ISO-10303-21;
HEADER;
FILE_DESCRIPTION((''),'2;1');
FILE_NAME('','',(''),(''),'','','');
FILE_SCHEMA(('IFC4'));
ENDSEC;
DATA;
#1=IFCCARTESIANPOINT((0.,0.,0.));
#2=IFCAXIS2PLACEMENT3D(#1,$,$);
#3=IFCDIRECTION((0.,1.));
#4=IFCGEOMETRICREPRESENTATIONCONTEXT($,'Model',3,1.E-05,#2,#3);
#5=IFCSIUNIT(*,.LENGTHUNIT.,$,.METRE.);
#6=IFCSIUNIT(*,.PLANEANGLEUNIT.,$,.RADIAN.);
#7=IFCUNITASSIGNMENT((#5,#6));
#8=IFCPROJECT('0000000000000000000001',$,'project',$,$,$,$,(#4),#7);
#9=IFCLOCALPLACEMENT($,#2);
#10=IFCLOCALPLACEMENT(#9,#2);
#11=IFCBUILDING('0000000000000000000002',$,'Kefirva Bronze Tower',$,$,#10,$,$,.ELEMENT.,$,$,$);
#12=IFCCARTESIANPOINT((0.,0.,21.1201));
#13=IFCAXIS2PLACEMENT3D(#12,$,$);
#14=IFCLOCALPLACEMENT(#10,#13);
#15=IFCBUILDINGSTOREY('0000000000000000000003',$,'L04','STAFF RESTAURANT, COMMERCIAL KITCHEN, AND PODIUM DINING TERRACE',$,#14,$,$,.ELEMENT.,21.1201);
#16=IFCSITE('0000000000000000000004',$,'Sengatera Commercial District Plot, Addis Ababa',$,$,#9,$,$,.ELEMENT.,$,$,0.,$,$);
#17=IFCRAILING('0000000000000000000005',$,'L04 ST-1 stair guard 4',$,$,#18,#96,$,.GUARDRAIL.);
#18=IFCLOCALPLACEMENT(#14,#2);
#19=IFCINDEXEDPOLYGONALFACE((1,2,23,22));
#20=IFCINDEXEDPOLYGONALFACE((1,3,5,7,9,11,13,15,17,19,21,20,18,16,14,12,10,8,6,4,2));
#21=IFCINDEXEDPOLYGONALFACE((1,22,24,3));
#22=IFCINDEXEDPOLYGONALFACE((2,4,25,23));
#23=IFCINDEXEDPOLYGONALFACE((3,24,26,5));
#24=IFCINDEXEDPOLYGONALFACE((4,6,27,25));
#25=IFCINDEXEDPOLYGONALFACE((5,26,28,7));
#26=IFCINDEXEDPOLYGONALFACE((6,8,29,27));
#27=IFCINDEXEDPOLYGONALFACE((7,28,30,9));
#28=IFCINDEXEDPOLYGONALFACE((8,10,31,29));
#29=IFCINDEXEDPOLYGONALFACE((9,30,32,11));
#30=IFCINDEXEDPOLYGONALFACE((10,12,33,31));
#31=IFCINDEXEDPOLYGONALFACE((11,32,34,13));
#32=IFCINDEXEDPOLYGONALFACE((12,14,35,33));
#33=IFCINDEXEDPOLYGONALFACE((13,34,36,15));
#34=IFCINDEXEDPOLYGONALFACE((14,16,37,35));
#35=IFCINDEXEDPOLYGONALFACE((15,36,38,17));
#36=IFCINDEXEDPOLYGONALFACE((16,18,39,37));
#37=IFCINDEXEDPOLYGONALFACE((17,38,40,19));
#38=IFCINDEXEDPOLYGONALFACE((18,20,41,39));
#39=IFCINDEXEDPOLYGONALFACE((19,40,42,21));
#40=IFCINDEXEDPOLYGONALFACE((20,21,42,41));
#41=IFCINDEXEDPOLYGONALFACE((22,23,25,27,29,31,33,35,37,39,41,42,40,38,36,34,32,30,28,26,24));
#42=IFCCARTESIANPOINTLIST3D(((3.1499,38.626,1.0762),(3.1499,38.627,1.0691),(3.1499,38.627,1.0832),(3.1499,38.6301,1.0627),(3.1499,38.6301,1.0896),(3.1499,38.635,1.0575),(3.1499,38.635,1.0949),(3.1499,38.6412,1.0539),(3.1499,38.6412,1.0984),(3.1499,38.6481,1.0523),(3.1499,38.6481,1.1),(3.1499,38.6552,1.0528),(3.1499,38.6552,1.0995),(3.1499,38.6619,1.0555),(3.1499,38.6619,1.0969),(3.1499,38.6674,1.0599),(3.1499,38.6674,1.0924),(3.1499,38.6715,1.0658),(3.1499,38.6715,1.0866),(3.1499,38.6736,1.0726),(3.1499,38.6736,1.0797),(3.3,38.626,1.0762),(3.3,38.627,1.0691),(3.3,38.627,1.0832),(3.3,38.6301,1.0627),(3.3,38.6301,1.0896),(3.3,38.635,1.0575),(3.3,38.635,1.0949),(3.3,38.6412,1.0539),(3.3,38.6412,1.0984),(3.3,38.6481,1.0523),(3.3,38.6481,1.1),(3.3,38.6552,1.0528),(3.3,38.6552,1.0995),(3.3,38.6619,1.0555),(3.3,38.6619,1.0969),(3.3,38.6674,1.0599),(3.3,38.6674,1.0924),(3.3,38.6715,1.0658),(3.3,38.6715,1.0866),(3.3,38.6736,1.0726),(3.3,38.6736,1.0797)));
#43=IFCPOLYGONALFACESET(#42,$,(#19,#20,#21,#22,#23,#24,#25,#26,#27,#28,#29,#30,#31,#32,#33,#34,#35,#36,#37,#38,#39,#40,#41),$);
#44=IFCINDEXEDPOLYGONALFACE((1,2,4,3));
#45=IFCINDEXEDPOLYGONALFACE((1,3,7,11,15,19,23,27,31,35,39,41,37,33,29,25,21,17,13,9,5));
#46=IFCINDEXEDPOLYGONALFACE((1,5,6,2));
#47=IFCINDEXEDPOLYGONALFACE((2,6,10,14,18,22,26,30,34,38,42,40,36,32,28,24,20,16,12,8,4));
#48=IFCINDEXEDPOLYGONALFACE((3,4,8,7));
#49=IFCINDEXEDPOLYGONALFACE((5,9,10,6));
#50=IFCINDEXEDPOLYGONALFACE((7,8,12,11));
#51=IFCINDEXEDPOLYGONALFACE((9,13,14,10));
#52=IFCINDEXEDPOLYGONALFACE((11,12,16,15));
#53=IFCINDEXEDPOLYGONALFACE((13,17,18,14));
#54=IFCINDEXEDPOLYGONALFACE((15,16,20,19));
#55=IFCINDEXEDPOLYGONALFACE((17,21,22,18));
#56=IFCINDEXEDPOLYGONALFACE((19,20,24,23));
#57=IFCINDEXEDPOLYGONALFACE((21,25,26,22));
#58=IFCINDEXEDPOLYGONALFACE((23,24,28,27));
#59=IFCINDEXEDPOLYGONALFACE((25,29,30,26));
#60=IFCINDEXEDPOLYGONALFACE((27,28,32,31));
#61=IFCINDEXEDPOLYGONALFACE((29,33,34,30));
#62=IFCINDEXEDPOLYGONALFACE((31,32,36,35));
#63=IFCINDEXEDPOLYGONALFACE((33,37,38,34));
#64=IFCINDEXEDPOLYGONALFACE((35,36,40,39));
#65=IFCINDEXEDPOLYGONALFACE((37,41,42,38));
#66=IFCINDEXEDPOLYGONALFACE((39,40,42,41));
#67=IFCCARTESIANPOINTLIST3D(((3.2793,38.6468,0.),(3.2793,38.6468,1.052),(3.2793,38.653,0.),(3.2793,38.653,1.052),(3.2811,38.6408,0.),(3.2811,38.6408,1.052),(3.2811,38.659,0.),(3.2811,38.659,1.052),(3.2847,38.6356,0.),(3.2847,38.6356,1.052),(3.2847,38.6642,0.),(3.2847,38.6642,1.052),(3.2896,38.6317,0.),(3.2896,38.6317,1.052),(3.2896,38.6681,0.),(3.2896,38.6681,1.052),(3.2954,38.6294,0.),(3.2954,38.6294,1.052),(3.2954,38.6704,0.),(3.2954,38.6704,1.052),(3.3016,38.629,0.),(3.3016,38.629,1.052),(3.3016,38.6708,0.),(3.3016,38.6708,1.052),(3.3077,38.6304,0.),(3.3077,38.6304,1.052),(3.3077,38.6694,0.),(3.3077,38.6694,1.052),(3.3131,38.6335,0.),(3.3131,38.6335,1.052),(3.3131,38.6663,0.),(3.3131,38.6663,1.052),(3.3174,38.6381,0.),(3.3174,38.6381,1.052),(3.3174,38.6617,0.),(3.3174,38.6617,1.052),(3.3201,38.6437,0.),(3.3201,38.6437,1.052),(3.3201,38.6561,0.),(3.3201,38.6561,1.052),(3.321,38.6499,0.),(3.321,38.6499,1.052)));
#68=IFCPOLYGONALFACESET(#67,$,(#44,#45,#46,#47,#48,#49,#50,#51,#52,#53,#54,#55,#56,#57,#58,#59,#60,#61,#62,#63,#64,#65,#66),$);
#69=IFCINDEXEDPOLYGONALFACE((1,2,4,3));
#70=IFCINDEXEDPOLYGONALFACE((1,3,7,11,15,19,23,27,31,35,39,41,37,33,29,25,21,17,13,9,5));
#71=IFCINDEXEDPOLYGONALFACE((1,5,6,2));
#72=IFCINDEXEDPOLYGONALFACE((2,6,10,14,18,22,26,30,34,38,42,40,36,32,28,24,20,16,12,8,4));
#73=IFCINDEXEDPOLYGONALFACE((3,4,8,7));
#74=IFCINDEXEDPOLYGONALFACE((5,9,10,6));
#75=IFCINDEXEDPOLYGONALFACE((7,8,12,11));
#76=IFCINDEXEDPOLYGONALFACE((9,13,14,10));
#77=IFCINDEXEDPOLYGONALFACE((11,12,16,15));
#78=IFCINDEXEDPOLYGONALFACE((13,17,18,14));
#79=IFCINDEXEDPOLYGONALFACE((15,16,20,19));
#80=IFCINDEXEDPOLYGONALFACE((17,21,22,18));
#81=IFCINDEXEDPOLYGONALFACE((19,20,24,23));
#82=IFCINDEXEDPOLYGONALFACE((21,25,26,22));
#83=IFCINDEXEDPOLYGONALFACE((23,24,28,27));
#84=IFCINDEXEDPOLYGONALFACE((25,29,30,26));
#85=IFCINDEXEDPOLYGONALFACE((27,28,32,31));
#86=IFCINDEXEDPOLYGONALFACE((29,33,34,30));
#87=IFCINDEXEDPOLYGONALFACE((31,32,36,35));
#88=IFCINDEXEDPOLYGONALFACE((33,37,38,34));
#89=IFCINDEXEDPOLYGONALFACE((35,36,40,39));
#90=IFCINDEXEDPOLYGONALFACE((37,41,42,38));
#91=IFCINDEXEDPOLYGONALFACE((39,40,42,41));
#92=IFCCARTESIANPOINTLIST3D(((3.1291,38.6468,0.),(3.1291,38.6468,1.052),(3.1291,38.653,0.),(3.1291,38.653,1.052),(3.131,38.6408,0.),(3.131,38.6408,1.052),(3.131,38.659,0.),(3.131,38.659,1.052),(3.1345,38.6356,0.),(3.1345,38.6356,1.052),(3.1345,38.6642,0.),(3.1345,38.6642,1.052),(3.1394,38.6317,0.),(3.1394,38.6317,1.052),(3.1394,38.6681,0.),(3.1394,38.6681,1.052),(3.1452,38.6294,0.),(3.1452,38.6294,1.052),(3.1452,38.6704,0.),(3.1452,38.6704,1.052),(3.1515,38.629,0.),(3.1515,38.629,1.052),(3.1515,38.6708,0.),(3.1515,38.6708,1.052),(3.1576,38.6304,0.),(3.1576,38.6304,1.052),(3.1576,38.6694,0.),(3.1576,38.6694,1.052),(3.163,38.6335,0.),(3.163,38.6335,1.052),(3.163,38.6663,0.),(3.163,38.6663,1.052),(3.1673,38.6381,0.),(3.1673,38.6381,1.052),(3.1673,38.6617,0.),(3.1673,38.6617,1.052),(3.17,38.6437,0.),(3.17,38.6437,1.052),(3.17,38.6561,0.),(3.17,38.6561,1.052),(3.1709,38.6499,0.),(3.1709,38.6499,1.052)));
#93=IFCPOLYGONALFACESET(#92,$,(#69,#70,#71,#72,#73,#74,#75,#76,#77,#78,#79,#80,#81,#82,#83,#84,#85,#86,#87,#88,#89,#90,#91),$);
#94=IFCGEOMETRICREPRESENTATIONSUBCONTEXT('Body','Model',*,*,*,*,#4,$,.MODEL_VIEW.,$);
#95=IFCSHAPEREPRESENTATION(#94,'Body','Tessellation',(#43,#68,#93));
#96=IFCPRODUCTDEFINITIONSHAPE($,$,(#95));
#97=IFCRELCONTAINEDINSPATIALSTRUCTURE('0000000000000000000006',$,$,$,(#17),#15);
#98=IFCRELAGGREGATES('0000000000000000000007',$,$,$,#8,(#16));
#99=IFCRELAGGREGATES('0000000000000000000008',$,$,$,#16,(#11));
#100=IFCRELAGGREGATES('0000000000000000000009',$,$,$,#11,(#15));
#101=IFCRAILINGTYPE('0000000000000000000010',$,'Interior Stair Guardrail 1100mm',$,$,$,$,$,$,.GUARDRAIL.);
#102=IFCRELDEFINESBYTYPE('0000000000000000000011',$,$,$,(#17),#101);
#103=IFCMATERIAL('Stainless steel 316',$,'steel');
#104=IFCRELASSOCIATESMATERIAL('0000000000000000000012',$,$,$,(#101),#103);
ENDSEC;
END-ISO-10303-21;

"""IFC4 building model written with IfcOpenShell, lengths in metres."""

from ifc_helpers import new_model, si_unit, direction, frame, origin, origin_2d, place, context, subcontext, project, spatial, circle, extrude, material, type_object, element, save


model = new_model("IFC4")

# Units and contexts
model_context = context("Model", 3, precision=1e-05, world=origin(), true_north=direction((0.0, 1.0)))
body_context = subcontext(model_context, "Body", "Model", "MODEL_VIEW")
ifc_project = project(units=[si_unit("LENGTHUNIT", "METRE"), si_unit("PLANEANGLEUNIT", "RADIAN")], contexts=[model_context])

# Site, building, storey
site_placement = place(None, origin())
site = spatial("IfcSite", under=ifc_project, at=site_placement, Name="Sengatera Commercial District Plot, Addis Ababa", CompositionType="ELEMENT", RefElevation=0.0)
building_placement = place(site_placement, origin())
building = spatial("IfcBuilding", under=site, at=building_placement, Name="Kefirva Bronze Tower", CompositionType="ELEMENT")
storey_placement = place(building_placement, frame((0.0, 0.0, 21.1201)))
storey = spatial("IfcBuildingStorey", under=building, at=storey_placement, Name="L04", Description="STAFF RESTAURANT, COMMERCIAL KITCHEN, AND PODIUM DINING TERRACE", CompositionType="ELEMENT", Elevation=21.1201)

# Shared definitions
ifc_material_1 = material(Name="Stainless steel 316", Category="steel")

# Railing
railing_type_1 = type_object("IfcRailingType", Name="Interior Stair Guardrail 1100mm", PredefinedType="GUARDRAIL", material=ifc_material_1)
railing_1_placement = place(storey_placement, frame((3.3, 38.6499, 0.0)))
element("IfcRailing", 1, at=railing_1_placement, inside=storey, type_object=railing_type_1, Name="L04 ST-1 stair guard 4", PredefinedType="GUARDRAIL", context=body_context, shape_type="SweptSolid", body=[
    extrude(circle(Radius=0.0239, at=origin_2d()), frame((0.0, 0.0, 1.0762), z_axis=(-1.0, 0.0, 0.0), x_axis=(0.0, -1.0, 0.0)), (0.0, 0.0, 1.0), 0.1501),
    extrude(circle(Radius=0.021, at=origin_2d()), origin(), (0.0, 0.0, 1.0), 1.052),
    extrude(circle(Radius=0.021, at=origin_2d()), frame((-0.1501, 0.0, 0.0)), (0.0, 0.0, 1.0), 1.052),
])

save(model, "model.ifc")
